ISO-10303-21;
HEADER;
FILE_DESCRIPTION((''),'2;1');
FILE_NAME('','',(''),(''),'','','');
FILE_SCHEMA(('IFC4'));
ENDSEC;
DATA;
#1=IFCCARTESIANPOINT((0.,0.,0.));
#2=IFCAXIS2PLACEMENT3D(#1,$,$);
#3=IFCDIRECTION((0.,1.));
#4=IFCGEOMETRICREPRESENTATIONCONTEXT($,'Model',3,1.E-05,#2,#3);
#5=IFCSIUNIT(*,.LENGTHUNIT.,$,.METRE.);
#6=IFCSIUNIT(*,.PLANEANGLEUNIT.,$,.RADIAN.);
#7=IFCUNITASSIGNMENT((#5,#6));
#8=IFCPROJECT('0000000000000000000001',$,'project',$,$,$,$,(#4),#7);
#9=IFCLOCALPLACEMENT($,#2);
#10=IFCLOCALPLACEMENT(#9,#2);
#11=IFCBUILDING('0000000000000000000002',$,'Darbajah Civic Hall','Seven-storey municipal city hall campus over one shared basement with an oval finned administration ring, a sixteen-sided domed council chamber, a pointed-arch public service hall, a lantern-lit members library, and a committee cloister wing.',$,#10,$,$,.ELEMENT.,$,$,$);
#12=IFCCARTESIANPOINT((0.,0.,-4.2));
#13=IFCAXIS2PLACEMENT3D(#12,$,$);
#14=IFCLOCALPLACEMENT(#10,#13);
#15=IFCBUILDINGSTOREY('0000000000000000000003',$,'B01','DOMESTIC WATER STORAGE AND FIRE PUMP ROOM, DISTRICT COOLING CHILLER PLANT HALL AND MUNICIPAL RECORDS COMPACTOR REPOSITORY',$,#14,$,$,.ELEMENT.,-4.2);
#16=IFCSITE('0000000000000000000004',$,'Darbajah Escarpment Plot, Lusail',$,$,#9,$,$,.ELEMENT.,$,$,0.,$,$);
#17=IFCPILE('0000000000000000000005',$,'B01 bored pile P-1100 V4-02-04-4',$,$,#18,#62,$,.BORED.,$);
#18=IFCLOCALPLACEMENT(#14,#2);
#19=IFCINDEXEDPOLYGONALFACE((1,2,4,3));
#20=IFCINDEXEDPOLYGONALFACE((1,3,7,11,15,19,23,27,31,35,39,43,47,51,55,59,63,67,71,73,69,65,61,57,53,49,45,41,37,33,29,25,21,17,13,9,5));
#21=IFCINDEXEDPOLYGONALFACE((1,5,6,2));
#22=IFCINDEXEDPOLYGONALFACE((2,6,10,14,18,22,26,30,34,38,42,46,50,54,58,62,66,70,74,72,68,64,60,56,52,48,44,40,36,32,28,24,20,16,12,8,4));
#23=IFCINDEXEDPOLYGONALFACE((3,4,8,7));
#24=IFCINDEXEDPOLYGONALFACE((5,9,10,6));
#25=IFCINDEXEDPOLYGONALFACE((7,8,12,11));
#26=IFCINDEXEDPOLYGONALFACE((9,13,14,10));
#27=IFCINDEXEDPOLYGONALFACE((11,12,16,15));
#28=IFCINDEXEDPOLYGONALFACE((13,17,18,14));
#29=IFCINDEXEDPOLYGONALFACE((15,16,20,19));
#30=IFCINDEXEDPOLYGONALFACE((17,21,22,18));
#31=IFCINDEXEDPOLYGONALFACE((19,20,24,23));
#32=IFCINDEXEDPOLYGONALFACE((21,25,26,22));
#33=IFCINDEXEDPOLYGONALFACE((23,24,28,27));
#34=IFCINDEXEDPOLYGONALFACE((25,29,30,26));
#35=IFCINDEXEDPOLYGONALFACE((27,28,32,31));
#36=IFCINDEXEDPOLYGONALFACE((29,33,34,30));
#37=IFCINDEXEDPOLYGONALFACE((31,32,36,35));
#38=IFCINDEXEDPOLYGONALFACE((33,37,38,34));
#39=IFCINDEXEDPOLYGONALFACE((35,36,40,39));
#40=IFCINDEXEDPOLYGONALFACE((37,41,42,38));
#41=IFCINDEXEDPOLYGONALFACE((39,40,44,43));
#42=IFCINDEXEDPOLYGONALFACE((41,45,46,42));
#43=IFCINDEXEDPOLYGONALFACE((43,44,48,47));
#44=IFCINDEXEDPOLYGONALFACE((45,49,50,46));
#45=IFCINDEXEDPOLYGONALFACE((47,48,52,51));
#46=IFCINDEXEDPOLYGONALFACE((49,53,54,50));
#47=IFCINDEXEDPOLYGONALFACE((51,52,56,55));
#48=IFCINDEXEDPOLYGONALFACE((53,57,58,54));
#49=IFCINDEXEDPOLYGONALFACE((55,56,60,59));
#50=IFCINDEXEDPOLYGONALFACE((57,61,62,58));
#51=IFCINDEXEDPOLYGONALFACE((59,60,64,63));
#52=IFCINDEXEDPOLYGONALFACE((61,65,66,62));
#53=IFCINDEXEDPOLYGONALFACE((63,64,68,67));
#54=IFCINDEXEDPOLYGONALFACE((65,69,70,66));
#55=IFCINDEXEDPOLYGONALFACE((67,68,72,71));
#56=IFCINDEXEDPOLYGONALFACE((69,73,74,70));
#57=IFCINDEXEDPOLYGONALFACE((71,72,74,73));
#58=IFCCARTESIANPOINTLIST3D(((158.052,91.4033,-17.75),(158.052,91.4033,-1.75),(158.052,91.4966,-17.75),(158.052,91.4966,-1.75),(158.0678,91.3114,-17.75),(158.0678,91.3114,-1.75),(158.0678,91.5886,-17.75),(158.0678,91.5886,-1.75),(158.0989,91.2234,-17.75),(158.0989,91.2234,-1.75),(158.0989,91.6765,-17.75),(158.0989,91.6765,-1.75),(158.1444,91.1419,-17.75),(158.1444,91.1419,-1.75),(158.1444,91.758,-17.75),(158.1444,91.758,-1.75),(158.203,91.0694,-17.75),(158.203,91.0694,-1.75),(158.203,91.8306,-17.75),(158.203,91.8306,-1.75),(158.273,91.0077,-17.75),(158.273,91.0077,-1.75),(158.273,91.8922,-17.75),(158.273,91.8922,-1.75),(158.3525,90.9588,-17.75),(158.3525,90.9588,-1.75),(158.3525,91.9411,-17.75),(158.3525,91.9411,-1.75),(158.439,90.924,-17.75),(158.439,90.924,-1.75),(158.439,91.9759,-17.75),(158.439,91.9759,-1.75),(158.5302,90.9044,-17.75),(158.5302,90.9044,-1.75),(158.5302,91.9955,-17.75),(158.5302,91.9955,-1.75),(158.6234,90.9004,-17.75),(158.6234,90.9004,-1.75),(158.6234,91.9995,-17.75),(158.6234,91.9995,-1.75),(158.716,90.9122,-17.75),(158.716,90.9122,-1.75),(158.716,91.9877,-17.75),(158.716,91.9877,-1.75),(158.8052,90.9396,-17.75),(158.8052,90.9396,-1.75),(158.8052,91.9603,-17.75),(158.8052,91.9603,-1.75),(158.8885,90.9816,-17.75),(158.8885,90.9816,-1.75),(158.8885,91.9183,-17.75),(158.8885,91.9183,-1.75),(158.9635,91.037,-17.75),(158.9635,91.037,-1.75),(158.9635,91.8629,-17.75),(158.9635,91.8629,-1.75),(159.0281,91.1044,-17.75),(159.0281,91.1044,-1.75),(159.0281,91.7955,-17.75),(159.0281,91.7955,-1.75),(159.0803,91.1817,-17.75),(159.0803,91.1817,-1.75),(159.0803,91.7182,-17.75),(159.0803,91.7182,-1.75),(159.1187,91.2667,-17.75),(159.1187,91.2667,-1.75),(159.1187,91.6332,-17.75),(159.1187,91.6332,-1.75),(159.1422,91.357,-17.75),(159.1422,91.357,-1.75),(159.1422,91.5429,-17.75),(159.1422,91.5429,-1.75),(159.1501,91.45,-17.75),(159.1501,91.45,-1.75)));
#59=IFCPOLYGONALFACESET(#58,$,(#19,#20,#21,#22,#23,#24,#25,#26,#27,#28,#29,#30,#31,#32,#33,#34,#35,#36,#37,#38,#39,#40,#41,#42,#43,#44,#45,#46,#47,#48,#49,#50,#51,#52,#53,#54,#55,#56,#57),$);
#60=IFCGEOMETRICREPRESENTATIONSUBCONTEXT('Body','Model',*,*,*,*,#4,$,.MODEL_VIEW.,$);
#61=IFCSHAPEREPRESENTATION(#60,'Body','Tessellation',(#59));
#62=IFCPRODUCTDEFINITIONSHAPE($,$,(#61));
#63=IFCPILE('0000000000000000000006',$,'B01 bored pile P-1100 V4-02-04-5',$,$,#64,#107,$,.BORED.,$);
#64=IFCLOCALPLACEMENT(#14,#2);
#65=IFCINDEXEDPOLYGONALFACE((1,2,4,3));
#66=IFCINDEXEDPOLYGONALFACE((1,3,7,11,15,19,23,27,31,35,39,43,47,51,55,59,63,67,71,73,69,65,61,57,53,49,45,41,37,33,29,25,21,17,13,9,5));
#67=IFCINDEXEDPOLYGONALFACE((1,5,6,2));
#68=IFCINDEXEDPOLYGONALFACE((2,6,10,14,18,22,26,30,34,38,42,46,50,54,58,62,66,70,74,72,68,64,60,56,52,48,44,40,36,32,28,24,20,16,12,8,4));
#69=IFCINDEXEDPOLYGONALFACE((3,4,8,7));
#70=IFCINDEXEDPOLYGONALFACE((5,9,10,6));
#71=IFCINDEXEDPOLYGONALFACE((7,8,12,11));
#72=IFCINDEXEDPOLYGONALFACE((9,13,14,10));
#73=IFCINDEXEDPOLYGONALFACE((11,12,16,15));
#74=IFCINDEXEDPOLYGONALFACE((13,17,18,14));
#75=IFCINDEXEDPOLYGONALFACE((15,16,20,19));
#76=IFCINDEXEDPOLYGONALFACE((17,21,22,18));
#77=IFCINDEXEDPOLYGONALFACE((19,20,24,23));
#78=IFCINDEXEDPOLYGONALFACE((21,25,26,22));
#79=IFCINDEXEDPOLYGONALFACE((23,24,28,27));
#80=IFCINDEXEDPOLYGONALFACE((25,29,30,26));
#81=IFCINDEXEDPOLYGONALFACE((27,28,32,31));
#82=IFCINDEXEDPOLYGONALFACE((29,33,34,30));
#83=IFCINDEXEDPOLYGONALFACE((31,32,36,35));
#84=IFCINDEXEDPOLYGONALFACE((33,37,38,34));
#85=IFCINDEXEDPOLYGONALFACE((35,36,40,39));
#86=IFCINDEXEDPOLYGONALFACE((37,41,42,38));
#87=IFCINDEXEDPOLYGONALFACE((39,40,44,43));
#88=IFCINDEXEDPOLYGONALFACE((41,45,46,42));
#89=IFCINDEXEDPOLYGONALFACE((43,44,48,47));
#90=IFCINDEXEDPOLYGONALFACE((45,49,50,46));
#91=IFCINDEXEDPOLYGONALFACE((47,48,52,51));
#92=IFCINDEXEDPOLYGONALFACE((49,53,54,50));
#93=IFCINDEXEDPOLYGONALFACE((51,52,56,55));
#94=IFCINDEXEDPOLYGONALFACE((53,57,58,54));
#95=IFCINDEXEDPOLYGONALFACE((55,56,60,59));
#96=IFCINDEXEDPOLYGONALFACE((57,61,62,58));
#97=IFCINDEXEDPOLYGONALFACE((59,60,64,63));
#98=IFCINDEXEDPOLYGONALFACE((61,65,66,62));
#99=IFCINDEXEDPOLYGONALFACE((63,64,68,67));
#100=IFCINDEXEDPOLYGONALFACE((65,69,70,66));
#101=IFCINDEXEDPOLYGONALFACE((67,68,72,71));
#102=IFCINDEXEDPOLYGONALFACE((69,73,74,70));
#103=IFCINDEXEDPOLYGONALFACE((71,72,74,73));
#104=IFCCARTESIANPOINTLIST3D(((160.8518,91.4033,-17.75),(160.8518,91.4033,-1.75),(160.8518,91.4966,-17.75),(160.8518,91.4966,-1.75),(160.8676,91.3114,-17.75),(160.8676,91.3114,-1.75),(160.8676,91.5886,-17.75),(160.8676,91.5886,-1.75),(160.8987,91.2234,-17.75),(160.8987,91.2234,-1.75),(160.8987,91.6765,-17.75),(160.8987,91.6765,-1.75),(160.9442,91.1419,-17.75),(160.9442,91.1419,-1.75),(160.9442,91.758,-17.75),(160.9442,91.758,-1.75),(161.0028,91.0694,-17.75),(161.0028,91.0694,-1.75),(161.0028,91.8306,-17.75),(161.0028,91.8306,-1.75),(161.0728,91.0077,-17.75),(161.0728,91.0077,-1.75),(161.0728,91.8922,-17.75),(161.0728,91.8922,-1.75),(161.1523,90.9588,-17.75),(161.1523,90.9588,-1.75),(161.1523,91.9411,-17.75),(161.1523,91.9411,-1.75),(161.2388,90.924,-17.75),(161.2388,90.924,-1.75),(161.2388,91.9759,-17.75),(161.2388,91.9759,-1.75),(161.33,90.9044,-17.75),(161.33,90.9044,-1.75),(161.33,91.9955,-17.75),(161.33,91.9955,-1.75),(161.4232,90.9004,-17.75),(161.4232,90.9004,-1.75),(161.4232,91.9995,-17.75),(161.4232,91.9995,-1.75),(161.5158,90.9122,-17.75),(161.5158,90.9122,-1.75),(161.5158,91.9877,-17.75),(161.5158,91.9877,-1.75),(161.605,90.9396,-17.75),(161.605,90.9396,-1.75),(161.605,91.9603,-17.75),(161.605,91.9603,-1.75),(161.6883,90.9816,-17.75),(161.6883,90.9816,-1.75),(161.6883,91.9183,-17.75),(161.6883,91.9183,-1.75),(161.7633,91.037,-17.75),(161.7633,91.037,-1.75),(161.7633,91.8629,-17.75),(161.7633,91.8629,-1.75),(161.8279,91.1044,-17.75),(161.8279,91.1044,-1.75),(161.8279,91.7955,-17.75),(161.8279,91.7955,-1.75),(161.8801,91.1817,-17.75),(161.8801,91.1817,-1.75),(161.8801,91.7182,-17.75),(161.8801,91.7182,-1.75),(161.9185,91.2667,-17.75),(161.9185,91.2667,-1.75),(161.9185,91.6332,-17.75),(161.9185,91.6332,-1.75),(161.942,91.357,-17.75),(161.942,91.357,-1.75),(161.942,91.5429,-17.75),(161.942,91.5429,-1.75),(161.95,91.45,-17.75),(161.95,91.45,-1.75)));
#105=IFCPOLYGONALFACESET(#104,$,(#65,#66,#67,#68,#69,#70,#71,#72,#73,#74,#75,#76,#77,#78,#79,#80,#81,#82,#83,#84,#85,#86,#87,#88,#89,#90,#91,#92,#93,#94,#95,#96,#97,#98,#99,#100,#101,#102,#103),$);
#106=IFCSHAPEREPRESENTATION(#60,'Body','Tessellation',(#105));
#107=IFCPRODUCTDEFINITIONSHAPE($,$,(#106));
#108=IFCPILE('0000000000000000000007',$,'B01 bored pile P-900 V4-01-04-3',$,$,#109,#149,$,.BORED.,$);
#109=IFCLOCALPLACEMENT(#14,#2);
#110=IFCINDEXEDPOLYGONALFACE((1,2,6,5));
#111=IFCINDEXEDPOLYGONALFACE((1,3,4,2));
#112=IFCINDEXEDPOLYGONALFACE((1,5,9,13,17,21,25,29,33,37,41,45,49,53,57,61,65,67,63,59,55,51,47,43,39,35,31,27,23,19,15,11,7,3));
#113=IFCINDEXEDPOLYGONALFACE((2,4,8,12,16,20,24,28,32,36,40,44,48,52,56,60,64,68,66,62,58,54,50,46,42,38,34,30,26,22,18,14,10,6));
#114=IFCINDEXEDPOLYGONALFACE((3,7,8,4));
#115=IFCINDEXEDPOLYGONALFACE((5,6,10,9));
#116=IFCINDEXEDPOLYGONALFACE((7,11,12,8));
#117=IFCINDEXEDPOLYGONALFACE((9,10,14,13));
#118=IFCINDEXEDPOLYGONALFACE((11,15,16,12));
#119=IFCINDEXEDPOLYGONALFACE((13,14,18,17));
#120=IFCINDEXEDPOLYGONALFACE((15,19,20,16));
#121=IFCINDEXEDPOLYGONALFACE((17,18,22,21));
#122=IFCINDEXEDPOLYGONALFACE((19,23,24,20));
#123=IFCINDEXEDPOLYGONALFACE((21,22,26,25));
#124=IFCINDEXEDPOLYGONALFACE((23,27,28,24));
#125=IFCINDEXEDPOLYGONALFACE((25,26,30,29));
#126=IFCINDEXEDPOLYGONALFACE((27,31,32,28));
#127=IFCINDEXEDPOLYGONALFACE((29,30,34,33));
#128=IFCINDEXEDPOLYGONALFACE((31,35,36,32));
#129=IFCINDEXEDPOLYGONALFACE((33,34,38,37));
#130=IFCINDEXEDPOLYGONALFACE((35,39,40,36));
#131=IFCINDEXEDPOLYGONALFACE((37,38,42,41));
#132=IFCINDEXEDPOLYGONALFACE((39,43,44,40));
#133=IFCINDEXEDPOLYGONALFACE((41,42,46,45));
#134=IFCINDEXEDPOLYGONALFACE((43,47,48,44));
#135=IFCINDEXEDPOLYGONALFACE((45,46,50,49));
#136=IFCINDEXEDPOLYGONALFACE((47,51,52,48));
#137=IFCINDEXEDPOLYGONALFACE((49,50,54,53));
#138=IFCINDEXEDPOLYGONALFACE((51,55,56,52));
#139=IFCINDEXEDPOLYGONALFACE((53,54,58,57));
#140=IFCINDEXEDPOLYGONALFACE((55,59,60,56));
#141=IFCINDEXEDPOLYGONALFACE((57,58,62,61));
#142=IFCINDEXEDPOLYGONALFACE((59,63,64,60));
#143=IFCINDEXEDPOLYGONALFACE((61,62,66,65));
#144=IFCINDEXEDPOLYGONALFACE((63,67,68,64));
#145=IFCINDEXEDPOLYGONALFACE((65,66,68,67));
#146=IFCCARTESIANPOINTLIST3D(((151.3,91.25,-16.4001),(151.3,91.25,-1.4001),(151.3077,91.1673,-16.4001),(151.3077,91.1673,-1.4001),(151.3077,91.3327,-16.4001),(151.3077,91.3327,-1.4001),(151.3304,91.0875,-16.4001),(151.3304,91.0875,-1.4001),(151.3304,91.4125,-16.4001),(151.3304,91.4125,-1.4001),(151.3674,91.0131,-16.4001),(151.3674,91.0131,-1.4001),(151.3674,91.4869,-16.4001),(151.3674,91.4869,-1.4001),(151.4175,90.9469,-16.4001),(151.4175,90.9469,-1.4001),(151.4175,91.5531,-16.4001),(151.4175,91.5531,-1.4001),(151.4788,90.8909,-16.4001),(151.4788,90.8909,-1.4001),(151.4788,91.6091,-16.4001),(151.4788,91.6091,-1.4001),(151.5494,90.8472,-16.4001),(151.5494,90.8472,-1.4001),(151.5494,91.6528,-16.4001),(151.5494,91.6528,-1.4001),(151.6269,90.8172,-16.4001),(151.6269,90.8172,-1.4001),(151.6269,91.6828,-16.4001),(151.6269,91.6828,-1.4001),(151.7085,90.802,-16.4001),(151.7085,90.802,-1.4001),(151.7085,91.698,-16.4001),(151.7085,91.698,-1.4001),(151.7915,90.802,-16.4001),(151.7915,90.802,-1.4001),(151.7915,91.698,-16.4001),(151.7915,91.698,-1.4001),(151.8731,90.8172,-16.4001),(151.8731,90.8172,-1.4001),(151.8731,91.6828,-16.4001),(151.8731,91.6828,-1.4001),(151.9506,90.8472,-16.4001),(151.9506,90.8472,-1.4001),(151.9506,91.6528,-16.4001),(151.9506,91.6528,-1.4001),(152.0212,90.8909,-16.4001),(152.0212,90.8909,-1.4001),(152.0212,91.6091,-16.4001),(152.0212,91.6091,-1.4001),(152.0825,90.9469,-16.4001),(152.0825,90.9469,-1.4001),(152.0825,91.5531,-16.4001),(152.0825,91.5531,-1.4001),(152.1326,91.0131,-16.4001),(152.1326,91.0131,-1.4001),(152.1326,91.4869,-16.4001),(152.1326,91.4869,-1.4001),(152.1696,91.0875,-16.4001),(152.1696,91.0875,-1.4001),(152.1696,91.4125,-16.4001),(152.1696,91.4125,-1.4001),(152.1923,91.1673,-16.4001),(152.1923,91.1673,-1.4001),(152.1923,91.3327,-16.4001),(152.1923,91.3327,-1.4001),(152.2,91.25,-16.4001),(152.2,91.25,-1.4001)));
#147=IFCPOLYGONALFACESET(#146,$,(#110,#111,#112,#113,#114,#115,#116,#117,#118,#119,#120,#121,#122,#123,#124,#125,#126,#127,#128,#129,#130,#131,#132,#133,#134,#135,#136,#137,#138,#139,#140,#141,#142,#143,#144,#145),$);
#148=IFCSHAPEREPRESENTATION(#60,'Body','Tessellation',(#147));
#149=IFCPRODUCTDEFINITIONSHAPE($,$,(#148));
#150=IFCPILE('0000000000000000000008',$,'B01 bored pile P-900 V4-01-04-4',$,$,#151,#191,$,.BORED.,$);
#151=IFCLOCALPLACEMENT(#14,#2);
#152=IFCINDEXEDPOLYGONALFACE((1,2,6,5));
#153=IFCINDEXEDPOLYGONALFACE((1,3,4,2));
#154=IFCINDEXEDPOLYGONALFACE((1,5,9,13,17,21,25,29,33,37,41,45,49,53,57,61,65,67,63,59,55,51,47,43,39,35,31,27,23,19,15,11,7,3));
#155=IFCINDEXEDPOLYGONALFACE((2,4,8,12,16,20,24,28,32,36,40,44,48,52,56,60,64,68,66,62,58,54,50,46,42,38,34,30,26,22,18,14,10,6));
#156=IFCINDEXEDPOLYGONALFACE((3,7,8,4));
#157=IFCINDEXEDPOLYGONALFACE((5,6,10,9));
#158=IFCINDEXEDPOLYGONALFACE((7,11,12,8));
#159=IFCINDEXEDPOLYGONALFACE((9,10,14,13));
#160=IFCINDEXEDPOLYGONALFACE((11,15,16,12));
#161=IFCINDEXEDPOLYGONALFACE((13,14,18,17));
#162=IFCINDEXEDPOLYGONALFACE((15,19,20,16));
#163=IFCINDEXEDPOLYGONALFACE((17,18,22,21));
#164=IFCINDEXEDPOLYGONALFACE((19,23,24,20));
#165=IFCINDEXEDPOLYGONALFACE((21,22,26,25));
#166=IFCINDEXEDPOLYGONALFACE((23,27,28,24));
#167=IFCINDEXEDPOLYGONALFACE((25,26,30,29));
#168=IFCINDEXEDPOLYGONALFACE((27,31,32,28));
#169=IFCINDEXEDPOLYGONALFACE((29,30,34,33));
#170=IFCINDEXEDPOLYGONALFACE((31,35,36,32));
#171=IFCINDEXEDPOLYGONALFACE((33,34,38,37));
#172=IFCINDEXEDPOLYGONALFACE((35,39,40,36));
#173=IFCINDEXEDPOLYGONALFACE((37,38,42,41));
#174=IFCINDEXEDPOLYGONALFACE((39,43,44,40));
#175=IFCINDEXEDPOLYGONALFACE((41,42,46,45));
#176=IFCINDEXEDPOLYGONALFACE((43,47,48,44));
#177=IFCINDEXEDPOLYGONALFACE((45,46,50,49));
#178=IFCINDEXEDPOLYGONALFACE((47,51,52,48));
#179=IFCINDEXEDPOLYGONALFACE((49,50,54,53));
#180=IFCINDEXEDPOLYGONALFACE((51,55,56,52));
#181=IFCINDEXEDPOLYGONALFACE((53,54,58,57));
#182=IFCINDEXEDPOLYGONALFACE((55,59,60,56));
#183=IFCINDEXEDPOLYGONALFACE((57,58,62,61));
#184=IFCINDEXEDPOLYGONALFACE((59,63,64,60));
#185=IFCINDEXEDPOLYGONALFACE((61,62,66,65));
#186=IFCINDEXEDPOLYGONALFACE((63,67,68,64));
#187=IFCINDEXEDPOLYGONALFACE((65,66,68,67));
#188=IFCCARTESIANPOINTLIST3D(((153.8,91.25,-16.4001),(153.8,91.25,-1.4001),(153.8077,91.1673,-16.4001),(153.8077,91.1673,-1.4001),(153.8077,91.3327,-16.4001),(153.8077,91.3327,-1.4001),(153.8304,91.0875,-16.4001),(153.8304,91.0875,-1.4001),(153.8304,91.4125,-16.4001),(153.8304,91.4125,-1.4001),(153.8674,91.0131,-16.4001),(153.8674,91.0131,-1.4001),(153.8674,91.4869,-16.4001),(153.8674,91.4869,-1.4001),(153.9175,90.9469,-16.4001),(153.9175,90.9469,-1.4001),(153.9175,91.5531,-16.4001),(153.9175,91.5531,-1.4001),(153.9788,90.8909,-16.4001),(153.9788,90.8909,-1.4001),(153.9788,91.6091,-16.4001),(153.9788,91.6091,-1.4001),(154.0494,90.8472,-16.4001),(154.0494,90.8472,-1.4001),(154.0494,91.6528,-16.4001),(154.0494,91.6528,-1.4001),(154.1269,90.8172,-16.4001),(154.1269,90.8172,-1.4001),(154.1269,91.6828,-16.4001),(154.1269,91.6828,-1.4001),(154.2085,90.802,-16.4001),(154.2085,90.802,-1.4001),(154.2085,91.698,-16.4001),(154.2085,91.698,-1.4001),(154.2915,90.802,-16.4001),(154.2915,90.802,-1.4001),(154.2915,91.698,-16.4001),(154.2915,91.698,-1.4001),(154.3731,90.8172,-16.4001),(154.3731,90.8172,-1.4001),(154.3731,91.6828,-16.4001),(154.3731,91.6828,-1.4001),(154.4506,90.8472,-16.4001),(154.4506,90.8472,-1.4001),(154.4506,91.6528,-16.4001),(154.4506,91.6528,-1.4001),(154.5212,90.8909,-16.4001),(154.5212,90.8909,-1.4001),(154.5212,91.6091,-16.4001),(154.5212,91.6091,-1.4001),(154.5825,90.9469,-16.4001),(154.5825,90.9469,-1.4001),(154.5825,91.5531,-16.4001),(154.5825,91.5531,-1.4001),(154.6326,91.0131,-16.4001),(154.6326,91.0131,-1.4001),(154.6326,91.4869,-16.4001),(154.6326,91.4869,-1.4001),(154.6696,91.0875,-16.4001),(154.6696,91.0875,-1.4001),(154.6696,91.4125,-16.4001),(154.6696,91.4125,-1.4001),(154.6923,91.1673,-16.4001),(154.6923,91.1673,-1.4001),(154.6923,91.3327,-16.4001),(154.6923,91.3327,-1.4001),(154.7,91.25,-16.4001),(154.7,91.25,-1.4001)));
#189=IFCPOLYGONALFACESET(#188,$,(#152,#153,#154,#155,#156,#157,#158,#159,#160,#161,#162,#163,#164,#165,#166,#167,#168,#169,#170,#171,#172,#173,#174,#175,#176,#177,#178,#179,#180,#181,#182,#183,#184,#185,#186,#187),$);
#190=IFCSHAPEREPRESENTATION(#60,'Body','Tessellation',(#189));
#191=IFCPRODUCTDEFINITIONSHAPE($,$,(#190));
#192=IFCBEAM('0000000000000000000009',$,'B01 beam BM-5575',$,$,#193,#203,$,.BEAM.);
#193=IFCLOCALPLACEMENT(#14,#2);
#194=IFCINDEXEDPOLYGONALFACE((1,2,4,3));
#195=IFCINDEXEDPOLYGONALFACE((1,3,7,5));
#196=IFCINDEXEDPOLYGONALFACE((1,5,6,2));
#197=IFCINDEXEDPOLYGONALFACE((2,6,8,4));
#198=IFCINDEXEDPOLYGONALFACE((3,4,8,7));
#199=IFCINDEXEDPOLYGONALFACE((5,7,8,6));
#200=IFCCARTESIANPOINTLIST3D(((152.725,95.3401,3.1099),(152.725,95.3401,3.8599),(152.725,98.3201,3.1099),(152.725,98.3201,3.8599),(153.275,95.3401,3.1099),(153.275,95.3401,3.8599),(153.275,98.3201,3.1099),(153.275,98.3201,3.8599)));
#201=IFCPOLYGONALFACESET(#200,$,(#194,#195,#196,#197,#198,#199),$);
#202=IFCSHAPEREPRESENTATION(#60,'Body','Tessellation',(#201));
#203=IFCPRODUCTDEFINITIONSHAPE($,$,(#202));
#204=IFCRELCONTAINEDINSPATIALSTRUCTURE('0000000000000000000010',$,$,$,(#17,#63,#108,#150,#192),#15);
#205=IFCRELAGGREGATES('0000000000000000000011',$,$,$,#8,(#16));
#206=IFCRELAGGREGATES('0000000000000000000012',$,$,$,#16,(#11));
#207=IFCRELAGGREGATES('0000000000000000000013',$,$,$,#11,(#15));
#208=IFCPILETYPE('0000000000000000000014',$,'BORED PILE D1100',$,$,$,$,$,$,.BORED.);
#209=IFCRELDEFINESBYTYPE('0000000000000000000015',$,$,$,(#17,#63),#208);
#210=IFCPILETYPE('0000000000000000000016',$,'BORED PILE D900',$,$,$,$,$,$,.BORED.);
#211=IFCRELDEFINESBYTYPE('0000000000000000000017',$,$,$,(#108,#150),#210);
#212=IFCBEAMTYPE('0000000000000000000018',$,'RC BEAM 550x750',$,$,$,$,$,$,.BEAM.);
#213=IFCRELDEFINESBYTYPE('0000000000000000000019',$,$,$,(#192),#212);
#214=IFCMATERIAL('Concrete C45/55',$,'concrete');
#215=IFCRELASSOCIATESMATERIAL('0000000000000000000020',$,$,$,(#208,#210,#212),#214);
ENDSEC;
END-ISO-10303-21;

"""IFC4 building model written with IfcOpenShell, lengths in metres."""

from ifc_helpers import new_model, si_unit, direction, frame, origin, origin_2d, place, context, subcontext, project, spatial, rectangle, circle, extrude, material, material_profile, profile_set, type_object, element, save


model = new_model("IFC4")

# Units and contexts
model_context = context("Model", 3, precision=1e-05, world=origin(), true_north=direction((0.0, 1.0)))
body_context = subcontext(model_context, "Body", "Model", "MODEL_VIEW")
ifc_project = project(units=[si_unit("LENGTHUNIT", "METRE"), si_unit("PLANEANGLEUNIT", "RADIAN")], contexts=[model_context])

# Site, building, storey
site_placement = place(None, origin())
site = spatial("IfcSite", under=ifc_project, at=site_placement, Name="Darbajah Escarpment Plot, Lusail", CompositionType="ELEMENT", RefElevation=0.0)
building_placement = place(site_placement, origin())
building = spatial("IfcBuilding", under=site, at=building_placement, Name="Darbajah Civic Hall", Description="Seven-storey municipal city hall campus over one shared basement with an oval finned administration ring, a sixteen-sided domed council chamber, a pointed-arch public service hall, a lantern-lit members library, and a committee cloister wing.", CompositionType="ELEMENT")
storey_placement = place(building_placement, frame((0.0, 0.0, -4.2)))
storey = spatial("IfcBuildingStorey", under=building, at=storey_placement, Name="B01", Description="DOMESTIC WATER STORAGE AND FIRE PUMP ROOM, DISTRICT COOLING CHILLER PLANT HALL AND MUNICIPAL RECORDS COMPACTOR REPOSITORY", CompositionType="ELEMENT", Elevation=-4.2)

# Piles
ifc_material_1 = material(Name="Concrete C45/55", Category="concrete")
ifc_material_profile_1 = material_profile(ifc_material_1, circle(Radius=0.55, at=origin_2d()), Name="BORED PILE D1100")
ifc_profile_set_1 = profile_set([ifc_material_profile_1], Name="Concrete C45/55")
pile_type_1 = type_object("IfcPileType", Name="BORED PILE D1100", PredefinedType="BORED", material=ifc_profile_set_1)
for number, where, z_axis, x_axis, name in (
    (1, (158.6001, 91.45, -1.75), (0.0, 0.0, -1.0), (1.0, 0.0, 0.0), "B01 bored pile P-1100 V4-02-04-4"),
    (2, (161.3999, 91.45, -1.75), (0.0, 0.0, -1.0), (1.0, 0.0, 0.0), "B01 bored pile P-1100 V4-02-04-5"),
):
    element("IfcPile", number, at=place(storey_placement, frame(where, z_axis=z_axis, x_axis=x_axis)), inside=storey, type_object=pile_type_1, Name=name, PredefinedType="BORED", context=body_context, shape_type="SweptSolid", body=[
        extrude(circle(Radius=0.55, at=origin_2d()), origin(), (0.0, 0.0, 1.0), 16.0),
    ])
ifc_material_profile_2 = material_profile(ifc_material_1, circle(Radius=0.45, at=origin_2d()), Name="BORED PILE D900")
ifc_profile_set_2 = profile_set([ifc_material_profile_2], Name="Concrete C45/55")
pile_type_2 = type_object("IfcPileType", Name="BORED PILE D900", PredefinedType="BORED", material=ifc_profile_set_2)
for number, where, z_axis, x_axis, name in (
    (3, (151.75, 91.25, -1.4001), (0.0, 0.0, -1.0), (1.0, 0.0, 0.0), "B01 bored pile P-900 V4-01-04-3"),
    (4, (154.25, 91.25, -1.4001), (0.0, 0.0, -1.0), (1.0, 0.0, 0.0), "B01 bored pile P-900 V4-01-04-4"),
):
    element("IfcPile", number, at=place(storey_placement, frame(where, z_axis=z_axis, x_axis=x_axis)), inside=storey, type_object=pile_type_2, Name=name, PredefinedType="BORED", context=body_context, shape_type="SweptSolid", body=[
        extrude(circle(Radius=0.45, at=origin_2d()), origin(), (0.0, 0.0, 1.0), 15.0),
    ])

# Beam
ifc_material_profile_3 = material_profile(ifc_material_1, rectangle(XDim=0.55, YDim=0.75, at=origin_2d()), Name="RC BEAM 550x750")
ifc_profile_set_3 = profile_set([ifc_material_profile_3], Name="Concrete C45/55")
beam_type_1 = type_object("IfcBeamType", Name="RC BEAM 550x750", PredefinedType="BEAM", material=ifc_profile_set_3)
beam_1_placement = place(storey_placement, frame((153.0, 95.3401, 3.4849), z_axis=(0.0, 1.0, 0.0), x_axis=(-1.0, 0.0, 0.0)))
element("IfcBeam", 5, at=beam_1_placement, inside=storey, type_object=beam_type_1, Name="B01 beam BM-5575", PredefinedType="BEAM", context=body_context, shape_type="SweptSolid", body=[
    extrude(rectangle(XDim=0.55, YDim=0.75, at=origin_2d()), origin(), (0.0, 0.0, 1.0), 2.98),
])

save(model, "model.ifc")
